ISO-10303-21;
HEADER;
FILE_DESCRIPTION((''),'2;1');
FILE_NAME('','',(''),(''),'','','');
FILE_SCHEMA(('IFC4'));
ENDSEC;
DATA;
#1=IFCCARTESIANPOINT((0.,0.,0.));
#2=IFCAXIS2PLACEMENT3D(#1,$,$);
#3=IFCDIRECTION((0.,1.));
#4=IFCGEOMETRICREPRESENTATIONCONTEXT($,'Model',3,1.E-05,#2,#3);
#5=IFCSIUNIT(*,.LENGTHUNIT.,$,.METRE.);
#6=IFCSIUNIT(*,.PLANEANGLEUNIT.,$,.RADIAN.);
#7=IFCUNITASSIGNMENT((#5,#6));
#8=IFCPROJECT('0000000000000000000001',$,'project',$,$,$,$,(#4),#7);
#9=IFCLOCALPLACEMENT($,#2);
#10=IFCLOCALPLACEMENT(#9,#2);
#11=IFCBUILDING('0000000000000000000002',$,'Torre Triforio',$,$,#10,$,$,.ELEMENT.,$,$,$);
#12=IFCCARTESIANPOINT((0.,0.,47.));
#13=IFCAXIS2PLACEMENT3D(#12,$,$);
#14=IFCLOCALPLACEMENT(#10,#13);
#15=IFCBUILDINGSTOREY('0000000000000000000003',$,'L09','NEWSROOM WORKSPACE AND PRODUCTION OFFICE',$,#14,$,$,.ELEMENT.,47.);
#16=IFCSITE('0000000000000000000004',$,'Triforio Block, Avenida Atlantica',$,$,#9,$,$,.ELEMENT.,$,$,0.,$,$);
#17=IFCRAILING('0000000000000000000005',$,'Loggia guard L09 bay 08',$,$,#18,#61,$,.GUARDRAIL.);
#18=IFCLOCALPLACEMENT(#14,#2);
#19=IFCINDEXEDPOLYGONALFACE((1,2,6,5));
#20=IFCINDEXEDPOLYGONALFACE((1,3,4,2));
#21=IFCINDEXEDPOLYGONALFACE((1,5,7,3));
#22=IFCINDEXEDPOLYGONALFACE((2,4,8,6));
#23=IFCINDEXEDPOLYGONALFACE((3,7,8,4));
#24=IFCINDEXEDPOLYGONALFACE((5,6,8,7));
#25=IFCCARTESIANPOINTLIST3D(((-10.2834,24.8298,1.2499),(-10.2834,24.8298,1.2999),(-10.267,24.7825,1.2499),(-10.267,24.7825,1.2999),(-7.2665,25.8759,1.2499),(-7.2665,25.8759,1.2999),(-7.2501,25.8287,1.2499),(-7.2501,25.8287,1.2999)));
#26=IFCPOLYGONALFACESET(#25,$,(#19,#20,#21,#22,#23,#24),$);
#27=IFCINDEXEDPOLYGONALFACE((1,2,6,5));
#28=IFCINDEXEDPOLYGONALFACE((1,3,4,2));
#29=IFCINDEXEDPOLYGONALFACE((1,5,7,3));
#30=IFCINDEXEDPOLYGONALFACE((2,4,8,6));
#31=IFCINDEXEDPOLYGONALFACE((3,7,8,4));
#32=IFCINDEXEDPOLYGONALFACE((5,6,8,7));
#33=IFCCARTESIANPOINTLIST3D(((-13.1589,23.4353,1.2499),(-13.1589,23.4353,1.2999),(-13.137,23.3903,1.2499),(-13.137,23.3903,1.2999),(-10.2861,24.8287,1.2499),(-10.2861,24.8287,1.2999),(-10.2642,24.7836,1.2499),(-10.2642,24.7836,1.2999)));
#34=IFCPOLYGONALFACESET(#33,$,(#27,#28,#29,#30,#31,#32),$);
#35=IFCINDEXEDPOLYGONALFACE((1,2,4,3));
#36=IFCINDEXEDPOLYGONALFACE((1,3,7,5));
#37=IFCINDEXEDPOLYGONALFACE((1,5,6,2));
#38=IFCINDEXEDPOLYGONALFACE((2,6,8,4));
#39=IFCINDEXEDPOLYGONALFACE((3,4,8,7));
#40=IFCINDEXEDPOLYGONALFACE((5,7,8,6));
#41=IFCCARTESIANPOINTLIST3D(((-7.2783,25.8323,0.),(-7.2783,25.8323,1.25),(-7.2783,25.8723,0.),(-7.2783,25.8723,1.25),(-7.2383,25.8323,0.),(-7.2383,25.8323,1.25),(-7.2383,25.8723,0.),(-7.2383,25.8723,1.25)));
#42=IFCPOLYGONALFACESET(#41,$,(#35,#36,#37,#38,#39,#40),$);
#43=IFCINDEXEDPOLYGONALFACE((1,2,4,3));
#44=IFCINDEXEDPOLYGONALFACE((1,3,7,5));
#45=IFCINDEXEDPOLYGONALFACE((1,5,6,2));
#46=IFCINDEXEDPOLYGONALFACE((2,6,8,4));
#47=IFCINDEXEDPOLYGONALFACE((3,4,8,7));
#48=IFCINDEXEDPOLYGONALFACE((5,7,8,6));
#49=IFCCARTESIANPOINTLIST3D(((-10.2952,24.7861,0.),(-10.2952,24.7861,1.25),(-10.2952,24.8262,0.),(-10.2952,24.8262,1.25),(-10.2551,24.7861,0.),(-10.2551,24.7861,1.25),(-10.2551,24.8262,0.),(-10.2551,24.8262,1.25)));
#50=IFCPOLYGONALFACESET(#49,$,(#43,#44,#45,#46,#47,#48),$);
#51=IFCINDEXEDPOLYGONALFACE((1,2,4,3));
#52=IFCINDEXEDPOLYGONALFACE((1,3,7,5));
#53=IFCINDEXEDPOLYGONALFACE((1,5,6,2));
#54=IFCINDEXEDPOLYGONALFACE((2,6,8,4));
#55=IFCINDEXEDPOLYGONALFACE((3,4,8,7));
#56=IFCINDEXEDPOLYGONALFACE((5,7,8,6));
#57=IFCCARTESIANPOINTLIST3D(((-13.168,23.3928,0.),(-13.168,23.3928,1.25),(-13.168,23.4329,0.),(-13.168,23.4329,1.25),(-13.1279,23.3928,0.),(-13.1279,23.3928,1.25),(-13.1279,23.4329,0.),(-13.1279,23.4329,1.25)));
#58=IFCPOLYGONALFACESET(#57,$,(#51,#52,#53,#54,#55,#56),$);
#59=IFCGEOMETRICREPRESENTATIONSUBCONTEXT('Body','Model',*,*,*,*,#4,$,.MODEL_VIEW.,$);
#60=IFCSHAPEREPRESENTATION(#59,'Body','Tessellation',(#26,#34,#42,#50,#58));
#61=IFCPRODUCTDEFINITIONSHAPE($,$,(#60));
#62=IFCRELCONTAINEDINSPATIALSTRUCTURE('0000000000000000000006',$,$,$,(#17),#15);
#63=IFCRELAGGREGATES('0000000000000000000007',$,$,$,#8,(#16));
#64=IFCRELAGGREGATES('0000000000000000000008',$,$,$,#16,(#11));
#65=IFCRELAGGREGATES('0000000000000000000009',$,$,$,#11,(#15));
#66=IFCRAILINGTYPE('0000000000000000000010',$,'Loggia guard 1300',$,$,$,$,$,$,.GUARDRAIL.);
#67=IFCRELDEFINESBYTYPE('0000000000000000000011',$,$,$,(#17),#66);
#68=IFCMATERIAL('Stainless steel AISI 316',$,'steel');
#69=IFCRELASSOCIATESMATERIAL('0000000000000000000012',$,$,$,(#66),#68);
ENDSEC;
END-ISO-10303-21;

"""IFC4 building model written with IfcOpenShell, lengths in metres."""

from ifc_helpers import new_model, si_unit, direction, frame, origin, origin_2d, place, context, subcontext, project, spatial, rectangle, extrude, material, type_object, element, save


model = new_model("IFC4")

# Units and contexts
model_context = context("Model", 3, precision=1e-05, world=origin(), true_north=direction((0.0, 1.0)))
body_context = subcontext(model_context, "Body", "Model", "MODEL_VIEW")
ifc_project = project(units=[si_unit("LENGTHUNIT", "METRE"), si_unit("PLANEANGLEUNIT", "RADIAN")], contexts=[model_context])

# Site, building, storey
site_placement = place(None, origin())
site = spatial("IfcSite", under=ifc_project, at=site_placement, Name="Triforio Block, Avenida Atlantica", CompositionType="ELEMENT", RefElevation=0.0)
building_placement = place(site_placement, origin())
building = spatial("IfcBuilding", under=site, at=building_placement, Name="Torre Triforio", CompositionType="ELEMENT")
storey_placement = place(building_placement, frame((0.0, 0.0, 47.0)))
storey = spatial("IfcBuildingStorey", under=building, at=storey_placement, Name="L09", Description="NEWSROOM WORKSPACE AND PRODUCTION OFFICE", CompositionType="ELEMENT", Elevation=47.0)

# Railing
ifc_material_1 = material(Name="Stainless steel AISI 316", Category="steel")
railing_type_1 = type_object("IfcRailingType", Name="Loggia guard 1300", PredefinedType="GUARDRAIL", material=ifc_material_1)
railing_1_placement = place(storey_placement, frame((-7.2583, 25.8523, 0.0)))
element("IfcRailing", 1, at=railing_1_placement, inside=storey, type_object=railing_type_1, Name="Loggia guard L09 bay 08", PredefinedType="GUARDRAIL", context=body_context, shape_type="SweptSolid", body=[
    extrude(rectangle(XDim=0.05, YDim=0.05, at=origin_2d()), frame((0.0, 0.0, 1.2749), z_axis=(-0.944807, -0.327628, 0.0), x_axis=(0.327628, -0.944807, 0.0)), (0.0, 0.0, 1.0), 3.1931),
    extrude(rectangle(XDim=0.05, YDim=0.05, at=origin_2d()), frame((-3.0168, -1.0461, 1.2749), z_axis=(-0.89976, -0.436384, 0.0), x_axis=(0.436384, -0.89976, 0.0)), (0.0, 0.0, 1.0), 3.1929),
    extrude(rectangle(XDim=0.04, YDim=0.04, at=origin_2d()), origin(), (0.0, 0.0, 1.0), 1.25),
    extrude(rectangle(XDim=0.04, YDim=0.04, at=origin_2d()), frame((-3.0168, -1.0461, 0.0)), (0.0, 0.0, 1.0), 1.25),
    extrude(rectangle(XDim=0.04, YDim=0.04, at=origin_2d()), frame((-5.8896, -2.4395, 0.0)), (0.0, 0.0, 1.0), 1.25),
])

save(model, "model.ifc")
